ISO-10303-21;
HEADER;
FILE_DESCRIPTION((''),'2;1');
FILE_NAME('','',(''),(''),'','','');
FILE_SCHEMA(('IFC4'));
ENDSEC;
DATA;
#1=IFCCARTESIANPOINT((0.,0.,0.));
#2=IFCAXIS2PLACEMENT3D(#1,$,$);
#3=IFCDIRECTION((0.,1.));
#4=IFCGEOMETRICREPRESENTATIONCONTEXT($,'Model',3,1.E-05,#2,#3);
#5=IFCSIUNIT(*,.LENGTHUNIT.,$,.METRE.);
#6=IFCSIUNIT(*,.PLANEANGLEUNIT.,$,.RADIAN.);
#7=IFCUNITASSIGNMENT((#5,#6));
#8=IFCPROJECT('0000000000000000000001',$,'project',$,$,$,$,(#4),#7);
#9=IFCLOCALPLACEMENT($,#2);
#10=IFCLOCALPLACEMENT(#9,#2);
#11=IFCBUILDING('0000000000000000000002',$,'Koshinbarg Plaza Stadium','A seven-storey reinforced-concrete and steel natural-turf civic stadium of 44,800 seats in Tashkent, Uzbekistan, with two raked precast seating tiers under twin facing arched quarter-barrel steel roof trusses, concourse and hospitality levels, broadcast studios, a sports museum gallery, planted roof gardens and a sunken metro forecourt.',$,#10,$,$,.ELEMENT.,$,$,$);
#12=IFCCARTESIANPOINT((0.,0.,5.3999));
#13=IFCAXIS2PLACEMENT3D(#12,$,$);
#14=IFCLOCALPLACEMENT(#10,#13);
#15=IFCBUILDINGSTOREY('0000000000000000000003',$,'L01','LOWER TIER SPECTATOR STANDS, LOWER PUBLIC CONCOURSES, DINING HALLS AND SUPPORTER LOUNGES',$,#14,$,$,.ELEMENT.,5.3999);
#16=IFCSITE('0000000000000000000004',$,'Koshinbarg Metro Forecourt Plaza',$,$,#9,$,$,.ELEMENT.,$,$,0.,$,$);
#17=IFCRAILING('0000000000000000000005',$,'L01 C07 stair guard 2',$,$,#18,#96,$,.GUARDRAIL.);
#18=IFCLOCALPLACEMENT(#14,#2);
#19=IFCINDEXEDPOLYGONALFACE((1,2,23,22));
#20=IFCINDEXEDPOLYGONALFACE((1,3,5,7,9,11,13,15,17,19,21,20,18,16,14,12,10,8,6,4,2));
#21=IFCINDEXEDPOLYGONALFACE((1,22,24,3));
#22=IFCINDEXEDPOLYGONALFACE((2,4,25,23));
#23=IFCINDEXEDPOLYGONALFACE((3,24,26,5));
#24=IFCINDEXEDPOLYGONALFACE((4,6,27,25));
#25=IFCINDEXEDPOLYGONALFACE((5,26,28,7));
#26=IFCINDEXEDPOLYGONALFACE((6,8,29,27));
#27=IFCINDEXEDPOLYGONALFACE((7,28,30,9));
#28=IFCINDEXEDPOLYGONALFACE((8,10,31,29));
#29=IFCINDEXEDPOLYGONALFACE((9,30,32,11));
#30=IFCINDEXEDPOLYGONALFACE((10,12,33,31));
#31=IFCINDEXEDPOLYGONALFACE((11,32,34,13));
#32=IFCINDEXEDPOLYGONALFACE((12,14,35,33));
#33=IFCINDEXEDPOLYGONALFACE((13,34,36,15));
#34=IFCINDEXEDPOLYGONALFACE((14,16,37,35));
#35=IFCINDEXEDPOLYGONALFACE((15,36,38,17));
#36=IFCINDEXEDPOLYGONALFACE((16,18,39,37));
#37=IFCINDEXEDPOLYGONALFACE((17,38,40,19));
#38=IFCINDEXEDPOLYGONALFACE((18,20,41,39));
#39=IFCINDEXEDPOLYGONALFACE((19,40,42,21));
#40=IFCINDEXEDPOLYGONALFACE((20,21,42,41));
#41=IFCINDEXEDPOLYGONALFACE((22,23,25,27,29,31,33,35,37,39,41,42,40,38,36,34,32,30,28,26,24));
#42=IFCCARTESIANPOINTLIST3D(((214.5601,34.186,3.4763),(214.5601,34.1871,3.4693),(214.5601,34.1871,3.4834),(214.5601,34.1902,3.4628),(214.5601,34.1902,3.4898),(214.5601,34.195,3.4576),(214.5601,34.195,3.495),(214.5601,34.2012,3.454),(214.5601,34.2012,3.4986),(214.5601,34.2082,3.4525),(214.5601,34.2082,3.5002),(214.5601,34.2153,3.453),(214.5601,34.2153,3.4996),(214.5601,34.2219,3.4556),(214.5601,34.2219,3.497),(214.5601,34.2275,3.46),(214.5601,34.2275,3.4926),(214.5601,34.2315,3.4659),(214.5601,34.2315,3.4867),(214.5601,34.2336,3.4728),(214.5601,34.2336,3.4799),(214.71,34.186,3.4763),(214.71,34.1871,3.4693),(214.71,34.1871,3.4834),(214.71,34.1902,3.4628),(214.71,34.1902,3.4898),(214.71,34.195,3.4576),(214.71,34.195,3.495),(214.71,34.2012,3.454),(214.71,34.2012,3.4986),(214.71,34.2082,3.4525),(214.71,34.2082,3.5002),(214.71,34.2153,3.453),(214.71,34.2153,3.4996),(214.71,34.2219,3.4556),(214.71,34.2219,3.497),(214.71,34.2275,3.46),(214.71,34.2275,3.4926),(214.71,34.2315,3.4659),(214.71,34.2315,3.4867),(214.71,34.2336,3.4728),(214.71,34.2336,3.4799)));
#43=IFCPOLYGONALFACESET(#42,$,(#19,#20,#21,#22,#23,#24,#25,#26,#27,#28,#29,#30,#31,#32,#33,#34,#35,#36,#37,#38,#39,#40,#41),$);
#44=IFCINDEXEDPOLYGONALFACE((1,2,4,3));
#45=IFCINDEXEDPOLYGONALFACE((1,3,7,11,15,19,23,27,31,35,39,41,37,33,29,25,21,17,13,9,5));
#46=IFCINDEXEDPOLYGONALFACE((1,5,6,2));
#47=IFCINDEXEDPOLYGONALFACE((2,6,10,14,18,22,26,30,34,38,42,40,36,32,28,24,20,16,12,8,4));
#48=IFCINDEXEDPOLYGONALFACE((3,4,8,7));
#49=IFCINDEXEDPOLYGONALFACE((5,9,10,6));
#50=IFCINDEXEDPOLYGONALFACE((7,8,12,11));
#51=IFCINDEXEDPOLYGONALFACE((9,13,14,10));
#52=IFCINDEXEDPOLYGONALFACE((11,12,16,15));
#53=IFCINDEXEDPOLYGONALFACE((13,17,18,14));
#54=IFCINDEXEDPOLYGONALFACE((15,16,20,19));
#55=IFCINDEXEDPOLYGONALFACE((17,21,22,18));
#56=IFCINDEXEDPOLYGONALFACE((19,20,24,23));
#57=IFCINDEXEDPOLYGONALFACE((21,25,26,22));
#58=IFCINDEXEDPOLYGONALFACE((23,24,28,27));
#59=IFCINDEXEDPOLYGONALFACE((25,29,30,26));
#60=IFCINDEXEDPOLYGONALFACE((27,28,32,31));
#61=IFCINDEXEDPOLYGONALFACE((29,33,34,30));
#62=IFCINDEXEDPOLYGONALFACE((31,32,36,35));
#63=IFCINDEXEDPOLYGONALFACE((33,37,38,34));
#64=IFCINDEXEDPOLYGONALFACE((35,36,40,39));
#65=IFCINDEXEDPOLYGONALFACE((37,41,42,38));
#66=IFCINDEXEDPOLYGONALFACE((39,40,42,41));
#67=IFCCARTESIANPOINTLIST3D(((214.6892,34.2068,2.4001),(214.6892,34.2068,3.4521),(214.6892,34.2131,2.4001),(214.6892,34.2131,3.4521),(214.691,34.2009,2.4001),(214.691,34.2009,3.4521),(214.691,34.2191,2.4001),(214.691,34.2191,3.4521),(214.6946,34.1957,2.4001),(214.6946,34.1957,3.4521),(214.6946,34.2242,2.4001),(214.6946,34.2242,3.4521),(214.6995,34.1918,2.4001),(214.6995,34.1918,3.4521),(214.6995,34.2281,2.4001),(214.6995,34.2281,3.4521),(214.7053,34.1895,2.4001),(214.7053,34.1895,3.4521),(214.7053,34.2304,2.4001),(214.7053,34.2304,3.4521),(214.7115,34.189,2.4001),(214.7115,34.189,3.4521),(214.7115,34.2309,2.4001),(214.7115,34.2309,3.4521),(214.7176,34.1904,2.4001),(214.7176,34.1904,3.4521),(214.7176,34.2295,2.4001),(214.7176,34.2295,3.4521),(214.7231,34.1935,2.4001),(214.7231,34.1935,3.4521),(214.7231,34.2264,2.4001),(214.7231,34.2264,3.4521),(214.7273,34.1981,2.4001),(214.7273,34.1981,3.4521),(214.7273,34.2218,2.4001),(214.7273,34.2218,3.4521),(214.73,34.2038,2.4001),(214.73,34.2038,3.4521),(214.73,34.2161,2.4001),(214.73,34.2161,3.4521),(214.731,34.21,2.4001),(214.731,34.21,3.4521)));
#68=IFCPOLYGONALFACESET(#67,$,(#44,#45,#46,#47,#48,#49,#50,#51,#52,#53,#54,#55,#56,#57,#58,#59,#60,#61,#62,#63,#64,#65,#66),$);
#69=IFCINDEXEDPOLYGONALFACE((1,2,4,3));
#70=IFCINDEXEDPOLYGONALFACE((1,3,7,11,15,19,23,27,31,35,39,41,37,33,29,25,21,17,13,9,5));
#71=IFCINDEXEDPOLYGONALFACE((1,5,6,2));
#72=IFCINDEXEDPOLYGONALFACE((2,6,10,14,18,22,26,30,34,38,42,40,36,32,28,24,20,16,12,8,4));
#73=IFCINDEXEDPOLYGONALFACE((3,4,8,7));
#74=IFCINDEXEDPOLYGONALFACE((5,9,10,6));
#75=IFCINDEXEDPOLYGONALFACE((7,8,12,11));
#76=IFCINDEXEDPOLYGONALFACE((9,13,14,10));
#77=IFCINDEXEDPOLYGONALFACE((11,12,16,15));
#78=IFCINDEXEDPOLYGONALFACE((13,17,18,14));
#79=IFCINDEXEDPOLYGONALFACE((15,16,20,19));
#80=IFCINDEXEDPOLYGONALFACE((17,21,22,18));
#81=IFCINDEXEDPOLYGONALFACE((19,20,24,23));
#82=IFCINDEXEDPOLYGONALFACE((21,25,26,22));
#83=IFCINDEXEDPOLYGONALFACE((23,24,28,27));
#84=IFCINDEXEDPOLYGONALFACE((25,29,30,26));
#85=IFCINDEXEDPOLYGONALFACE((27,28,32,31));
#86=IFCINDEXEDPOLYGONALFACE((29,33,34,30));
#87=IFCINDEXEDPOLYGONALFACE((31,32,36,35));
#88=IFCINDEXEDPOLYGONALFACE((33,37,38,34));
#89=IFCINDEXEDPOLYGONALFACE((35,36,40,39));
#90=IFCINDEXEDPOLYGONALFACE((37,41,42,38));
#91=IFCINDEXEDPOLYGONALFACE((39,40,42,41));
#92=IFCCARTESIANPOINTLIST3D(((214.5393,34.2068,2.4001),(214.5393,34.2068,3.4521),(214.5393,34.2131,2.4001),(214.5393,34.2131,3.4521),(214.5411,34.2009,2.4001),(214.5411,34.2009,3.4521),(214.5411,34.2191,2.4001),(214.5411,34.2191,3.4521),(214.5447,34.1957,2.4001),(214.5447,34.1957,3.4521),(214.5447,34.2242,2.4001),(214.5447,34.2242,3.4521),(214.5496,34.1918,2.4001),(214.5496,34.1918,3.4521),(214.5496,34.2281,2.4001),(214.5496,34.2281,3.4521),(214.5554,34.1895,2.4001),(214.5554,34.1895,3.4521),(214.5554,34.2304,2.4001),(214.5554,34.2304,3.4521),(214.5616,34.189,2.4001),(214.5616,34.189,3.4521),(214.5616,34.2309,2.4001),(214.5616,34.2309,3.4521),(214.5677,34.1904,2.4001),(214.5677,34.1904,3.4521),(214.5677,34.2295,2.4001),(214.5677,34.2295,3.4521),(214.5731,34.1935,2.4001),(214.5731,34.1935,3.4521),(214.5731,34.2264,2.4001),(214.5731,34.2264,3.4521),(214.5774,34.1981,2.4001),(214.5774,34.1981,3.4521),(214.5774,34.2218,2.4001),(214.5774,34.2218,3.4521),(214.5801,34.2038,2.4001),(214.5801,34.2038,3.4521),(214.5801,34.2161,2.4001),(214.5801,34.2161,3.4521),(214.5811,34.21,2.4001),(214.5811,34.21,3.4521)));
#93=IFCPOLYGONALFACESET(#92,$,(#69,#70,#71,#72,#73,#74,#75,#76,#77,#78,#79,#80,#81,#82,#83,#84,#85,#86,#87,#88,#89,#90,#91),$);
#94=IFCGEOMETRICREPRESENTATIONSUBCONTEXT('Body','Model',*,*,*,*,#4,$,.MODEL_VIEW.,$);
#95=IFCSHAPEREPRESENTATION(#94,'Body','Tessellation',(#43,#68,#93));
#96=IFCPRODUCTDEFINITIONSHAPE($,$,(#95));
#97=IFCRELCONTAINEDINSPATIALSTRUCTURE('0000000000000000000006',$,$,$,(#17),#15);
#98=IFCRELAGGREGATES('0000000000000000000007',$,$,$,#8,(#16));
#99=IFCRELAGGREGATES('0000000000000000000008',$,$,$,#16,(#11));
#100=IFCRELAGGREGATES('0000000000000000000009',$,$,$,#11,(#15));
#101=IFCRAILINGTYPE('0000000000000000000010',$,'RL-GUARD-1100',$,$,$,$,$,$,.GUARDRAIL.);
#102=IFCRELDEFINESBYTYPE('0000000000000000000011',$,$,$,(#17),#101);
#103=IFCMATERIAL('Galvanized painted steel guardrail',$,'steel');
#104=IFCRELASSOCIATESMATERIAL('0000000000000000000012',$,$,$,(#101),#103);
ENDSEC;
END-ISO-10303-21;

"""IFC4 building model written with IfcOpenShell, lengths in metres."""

from ifc_helpers import new_model, si_unit, direction, frame, origin, origin_2d, place, context, subcontext, project, spatial, circle, extrude, material, type_object, element, save


model = new_model("IFC4")

# Units and contexts
model_context = context("Model", 3, precision=1e-05, world=origin(), true_north=direction((0.0, 1.0)))
body_context = subcontext(model_context, "Body", "Model", "MODEL_VIEW")
ifc_project = project(units=[si_unit("LENGTHUNIT", "METRE"), si_unit("PLANEANGLEUNIT", "RADIAN")], contexts=[model_context])

# Site, building, storey
site_placement = place(None, origin())
site = spatial("IfcSite", under=ifc_project, at=site_placement, Name="Koshinbarg Metro Forecourt Plaza", CompositionType="ELEMENT", RefElevation=0.0)
building_placement = place(site_placement, origin())
building = spatial("IfcBuilding", under=site, at=building_placement, Name="Koshinbarg Plaza Stadium", Description="A seven-storey reinforced-concrete and steel natural-turf civic stadium of 44,800 seats in Tashkent, Uzbekistan, with two raked precast seating tiers under twin facing arched quarter-barrel steel roof trusses, concourse and hospitality levels, broadcast studios, a sports museum gallery, planted roof gardens and a sunken metro forecourt.", CompositionType="ELEMENT")
storey_placement = place(building_placement, frame((0.0, 0.0, 5.3999)))
storey = spatial("IfcBuildingStorey", under=building, at=storey_placement, Name="L01", Description="LOWER TIER SPECTATOR STANDS, LOWER PUBLIC CONCOURSES, DINING HALLS AND SUPPORTER LOUNGES", CompositionType="ELEMENT", Elevation=5.3999)

# Railing
ifc_material_1 = material(Name="Galvanized painted steel guardrail", Category="steel")
railing_type_1 = type_object("IfcRailingType", Name="RL-GUARD-1100", PredefinedType="GUARDRAIL", material=ifc_material_1)
railing_1_placement = place(storey_placement, frame((214.71, 34.21, 2.4001)))
element("IfcRailing", 1, at=railing_1_placement, inside=storey, type_object=railing_type_1, Name="L01 C07 stair guard 2", PredefinedType="GUARDRAIL", context=body_context, shape_type="SweptSolid", body=[
    extrude(circle(Radius=0.0239, at=origin_2d()), frame((0.0, 0.0, 1.0762), z_axis=(-1.0, 0.0, 0.0), x_axis=(0.0, -1.0, 0.0)), (0.0, 0.0, 1.0), 0.1499),
    extrude(circle(Radius=0.021, at=origin_2d()), origin(), (0.0, 0.0, 1.0), 1.052),
    extrude(circle(Radius=0.021, at=origin_2d()), frame((-0.1499, 0.0, 0.0)), (0.0, 0.0, 1.0), 1.052),
])

save(model, "model.ifc")
